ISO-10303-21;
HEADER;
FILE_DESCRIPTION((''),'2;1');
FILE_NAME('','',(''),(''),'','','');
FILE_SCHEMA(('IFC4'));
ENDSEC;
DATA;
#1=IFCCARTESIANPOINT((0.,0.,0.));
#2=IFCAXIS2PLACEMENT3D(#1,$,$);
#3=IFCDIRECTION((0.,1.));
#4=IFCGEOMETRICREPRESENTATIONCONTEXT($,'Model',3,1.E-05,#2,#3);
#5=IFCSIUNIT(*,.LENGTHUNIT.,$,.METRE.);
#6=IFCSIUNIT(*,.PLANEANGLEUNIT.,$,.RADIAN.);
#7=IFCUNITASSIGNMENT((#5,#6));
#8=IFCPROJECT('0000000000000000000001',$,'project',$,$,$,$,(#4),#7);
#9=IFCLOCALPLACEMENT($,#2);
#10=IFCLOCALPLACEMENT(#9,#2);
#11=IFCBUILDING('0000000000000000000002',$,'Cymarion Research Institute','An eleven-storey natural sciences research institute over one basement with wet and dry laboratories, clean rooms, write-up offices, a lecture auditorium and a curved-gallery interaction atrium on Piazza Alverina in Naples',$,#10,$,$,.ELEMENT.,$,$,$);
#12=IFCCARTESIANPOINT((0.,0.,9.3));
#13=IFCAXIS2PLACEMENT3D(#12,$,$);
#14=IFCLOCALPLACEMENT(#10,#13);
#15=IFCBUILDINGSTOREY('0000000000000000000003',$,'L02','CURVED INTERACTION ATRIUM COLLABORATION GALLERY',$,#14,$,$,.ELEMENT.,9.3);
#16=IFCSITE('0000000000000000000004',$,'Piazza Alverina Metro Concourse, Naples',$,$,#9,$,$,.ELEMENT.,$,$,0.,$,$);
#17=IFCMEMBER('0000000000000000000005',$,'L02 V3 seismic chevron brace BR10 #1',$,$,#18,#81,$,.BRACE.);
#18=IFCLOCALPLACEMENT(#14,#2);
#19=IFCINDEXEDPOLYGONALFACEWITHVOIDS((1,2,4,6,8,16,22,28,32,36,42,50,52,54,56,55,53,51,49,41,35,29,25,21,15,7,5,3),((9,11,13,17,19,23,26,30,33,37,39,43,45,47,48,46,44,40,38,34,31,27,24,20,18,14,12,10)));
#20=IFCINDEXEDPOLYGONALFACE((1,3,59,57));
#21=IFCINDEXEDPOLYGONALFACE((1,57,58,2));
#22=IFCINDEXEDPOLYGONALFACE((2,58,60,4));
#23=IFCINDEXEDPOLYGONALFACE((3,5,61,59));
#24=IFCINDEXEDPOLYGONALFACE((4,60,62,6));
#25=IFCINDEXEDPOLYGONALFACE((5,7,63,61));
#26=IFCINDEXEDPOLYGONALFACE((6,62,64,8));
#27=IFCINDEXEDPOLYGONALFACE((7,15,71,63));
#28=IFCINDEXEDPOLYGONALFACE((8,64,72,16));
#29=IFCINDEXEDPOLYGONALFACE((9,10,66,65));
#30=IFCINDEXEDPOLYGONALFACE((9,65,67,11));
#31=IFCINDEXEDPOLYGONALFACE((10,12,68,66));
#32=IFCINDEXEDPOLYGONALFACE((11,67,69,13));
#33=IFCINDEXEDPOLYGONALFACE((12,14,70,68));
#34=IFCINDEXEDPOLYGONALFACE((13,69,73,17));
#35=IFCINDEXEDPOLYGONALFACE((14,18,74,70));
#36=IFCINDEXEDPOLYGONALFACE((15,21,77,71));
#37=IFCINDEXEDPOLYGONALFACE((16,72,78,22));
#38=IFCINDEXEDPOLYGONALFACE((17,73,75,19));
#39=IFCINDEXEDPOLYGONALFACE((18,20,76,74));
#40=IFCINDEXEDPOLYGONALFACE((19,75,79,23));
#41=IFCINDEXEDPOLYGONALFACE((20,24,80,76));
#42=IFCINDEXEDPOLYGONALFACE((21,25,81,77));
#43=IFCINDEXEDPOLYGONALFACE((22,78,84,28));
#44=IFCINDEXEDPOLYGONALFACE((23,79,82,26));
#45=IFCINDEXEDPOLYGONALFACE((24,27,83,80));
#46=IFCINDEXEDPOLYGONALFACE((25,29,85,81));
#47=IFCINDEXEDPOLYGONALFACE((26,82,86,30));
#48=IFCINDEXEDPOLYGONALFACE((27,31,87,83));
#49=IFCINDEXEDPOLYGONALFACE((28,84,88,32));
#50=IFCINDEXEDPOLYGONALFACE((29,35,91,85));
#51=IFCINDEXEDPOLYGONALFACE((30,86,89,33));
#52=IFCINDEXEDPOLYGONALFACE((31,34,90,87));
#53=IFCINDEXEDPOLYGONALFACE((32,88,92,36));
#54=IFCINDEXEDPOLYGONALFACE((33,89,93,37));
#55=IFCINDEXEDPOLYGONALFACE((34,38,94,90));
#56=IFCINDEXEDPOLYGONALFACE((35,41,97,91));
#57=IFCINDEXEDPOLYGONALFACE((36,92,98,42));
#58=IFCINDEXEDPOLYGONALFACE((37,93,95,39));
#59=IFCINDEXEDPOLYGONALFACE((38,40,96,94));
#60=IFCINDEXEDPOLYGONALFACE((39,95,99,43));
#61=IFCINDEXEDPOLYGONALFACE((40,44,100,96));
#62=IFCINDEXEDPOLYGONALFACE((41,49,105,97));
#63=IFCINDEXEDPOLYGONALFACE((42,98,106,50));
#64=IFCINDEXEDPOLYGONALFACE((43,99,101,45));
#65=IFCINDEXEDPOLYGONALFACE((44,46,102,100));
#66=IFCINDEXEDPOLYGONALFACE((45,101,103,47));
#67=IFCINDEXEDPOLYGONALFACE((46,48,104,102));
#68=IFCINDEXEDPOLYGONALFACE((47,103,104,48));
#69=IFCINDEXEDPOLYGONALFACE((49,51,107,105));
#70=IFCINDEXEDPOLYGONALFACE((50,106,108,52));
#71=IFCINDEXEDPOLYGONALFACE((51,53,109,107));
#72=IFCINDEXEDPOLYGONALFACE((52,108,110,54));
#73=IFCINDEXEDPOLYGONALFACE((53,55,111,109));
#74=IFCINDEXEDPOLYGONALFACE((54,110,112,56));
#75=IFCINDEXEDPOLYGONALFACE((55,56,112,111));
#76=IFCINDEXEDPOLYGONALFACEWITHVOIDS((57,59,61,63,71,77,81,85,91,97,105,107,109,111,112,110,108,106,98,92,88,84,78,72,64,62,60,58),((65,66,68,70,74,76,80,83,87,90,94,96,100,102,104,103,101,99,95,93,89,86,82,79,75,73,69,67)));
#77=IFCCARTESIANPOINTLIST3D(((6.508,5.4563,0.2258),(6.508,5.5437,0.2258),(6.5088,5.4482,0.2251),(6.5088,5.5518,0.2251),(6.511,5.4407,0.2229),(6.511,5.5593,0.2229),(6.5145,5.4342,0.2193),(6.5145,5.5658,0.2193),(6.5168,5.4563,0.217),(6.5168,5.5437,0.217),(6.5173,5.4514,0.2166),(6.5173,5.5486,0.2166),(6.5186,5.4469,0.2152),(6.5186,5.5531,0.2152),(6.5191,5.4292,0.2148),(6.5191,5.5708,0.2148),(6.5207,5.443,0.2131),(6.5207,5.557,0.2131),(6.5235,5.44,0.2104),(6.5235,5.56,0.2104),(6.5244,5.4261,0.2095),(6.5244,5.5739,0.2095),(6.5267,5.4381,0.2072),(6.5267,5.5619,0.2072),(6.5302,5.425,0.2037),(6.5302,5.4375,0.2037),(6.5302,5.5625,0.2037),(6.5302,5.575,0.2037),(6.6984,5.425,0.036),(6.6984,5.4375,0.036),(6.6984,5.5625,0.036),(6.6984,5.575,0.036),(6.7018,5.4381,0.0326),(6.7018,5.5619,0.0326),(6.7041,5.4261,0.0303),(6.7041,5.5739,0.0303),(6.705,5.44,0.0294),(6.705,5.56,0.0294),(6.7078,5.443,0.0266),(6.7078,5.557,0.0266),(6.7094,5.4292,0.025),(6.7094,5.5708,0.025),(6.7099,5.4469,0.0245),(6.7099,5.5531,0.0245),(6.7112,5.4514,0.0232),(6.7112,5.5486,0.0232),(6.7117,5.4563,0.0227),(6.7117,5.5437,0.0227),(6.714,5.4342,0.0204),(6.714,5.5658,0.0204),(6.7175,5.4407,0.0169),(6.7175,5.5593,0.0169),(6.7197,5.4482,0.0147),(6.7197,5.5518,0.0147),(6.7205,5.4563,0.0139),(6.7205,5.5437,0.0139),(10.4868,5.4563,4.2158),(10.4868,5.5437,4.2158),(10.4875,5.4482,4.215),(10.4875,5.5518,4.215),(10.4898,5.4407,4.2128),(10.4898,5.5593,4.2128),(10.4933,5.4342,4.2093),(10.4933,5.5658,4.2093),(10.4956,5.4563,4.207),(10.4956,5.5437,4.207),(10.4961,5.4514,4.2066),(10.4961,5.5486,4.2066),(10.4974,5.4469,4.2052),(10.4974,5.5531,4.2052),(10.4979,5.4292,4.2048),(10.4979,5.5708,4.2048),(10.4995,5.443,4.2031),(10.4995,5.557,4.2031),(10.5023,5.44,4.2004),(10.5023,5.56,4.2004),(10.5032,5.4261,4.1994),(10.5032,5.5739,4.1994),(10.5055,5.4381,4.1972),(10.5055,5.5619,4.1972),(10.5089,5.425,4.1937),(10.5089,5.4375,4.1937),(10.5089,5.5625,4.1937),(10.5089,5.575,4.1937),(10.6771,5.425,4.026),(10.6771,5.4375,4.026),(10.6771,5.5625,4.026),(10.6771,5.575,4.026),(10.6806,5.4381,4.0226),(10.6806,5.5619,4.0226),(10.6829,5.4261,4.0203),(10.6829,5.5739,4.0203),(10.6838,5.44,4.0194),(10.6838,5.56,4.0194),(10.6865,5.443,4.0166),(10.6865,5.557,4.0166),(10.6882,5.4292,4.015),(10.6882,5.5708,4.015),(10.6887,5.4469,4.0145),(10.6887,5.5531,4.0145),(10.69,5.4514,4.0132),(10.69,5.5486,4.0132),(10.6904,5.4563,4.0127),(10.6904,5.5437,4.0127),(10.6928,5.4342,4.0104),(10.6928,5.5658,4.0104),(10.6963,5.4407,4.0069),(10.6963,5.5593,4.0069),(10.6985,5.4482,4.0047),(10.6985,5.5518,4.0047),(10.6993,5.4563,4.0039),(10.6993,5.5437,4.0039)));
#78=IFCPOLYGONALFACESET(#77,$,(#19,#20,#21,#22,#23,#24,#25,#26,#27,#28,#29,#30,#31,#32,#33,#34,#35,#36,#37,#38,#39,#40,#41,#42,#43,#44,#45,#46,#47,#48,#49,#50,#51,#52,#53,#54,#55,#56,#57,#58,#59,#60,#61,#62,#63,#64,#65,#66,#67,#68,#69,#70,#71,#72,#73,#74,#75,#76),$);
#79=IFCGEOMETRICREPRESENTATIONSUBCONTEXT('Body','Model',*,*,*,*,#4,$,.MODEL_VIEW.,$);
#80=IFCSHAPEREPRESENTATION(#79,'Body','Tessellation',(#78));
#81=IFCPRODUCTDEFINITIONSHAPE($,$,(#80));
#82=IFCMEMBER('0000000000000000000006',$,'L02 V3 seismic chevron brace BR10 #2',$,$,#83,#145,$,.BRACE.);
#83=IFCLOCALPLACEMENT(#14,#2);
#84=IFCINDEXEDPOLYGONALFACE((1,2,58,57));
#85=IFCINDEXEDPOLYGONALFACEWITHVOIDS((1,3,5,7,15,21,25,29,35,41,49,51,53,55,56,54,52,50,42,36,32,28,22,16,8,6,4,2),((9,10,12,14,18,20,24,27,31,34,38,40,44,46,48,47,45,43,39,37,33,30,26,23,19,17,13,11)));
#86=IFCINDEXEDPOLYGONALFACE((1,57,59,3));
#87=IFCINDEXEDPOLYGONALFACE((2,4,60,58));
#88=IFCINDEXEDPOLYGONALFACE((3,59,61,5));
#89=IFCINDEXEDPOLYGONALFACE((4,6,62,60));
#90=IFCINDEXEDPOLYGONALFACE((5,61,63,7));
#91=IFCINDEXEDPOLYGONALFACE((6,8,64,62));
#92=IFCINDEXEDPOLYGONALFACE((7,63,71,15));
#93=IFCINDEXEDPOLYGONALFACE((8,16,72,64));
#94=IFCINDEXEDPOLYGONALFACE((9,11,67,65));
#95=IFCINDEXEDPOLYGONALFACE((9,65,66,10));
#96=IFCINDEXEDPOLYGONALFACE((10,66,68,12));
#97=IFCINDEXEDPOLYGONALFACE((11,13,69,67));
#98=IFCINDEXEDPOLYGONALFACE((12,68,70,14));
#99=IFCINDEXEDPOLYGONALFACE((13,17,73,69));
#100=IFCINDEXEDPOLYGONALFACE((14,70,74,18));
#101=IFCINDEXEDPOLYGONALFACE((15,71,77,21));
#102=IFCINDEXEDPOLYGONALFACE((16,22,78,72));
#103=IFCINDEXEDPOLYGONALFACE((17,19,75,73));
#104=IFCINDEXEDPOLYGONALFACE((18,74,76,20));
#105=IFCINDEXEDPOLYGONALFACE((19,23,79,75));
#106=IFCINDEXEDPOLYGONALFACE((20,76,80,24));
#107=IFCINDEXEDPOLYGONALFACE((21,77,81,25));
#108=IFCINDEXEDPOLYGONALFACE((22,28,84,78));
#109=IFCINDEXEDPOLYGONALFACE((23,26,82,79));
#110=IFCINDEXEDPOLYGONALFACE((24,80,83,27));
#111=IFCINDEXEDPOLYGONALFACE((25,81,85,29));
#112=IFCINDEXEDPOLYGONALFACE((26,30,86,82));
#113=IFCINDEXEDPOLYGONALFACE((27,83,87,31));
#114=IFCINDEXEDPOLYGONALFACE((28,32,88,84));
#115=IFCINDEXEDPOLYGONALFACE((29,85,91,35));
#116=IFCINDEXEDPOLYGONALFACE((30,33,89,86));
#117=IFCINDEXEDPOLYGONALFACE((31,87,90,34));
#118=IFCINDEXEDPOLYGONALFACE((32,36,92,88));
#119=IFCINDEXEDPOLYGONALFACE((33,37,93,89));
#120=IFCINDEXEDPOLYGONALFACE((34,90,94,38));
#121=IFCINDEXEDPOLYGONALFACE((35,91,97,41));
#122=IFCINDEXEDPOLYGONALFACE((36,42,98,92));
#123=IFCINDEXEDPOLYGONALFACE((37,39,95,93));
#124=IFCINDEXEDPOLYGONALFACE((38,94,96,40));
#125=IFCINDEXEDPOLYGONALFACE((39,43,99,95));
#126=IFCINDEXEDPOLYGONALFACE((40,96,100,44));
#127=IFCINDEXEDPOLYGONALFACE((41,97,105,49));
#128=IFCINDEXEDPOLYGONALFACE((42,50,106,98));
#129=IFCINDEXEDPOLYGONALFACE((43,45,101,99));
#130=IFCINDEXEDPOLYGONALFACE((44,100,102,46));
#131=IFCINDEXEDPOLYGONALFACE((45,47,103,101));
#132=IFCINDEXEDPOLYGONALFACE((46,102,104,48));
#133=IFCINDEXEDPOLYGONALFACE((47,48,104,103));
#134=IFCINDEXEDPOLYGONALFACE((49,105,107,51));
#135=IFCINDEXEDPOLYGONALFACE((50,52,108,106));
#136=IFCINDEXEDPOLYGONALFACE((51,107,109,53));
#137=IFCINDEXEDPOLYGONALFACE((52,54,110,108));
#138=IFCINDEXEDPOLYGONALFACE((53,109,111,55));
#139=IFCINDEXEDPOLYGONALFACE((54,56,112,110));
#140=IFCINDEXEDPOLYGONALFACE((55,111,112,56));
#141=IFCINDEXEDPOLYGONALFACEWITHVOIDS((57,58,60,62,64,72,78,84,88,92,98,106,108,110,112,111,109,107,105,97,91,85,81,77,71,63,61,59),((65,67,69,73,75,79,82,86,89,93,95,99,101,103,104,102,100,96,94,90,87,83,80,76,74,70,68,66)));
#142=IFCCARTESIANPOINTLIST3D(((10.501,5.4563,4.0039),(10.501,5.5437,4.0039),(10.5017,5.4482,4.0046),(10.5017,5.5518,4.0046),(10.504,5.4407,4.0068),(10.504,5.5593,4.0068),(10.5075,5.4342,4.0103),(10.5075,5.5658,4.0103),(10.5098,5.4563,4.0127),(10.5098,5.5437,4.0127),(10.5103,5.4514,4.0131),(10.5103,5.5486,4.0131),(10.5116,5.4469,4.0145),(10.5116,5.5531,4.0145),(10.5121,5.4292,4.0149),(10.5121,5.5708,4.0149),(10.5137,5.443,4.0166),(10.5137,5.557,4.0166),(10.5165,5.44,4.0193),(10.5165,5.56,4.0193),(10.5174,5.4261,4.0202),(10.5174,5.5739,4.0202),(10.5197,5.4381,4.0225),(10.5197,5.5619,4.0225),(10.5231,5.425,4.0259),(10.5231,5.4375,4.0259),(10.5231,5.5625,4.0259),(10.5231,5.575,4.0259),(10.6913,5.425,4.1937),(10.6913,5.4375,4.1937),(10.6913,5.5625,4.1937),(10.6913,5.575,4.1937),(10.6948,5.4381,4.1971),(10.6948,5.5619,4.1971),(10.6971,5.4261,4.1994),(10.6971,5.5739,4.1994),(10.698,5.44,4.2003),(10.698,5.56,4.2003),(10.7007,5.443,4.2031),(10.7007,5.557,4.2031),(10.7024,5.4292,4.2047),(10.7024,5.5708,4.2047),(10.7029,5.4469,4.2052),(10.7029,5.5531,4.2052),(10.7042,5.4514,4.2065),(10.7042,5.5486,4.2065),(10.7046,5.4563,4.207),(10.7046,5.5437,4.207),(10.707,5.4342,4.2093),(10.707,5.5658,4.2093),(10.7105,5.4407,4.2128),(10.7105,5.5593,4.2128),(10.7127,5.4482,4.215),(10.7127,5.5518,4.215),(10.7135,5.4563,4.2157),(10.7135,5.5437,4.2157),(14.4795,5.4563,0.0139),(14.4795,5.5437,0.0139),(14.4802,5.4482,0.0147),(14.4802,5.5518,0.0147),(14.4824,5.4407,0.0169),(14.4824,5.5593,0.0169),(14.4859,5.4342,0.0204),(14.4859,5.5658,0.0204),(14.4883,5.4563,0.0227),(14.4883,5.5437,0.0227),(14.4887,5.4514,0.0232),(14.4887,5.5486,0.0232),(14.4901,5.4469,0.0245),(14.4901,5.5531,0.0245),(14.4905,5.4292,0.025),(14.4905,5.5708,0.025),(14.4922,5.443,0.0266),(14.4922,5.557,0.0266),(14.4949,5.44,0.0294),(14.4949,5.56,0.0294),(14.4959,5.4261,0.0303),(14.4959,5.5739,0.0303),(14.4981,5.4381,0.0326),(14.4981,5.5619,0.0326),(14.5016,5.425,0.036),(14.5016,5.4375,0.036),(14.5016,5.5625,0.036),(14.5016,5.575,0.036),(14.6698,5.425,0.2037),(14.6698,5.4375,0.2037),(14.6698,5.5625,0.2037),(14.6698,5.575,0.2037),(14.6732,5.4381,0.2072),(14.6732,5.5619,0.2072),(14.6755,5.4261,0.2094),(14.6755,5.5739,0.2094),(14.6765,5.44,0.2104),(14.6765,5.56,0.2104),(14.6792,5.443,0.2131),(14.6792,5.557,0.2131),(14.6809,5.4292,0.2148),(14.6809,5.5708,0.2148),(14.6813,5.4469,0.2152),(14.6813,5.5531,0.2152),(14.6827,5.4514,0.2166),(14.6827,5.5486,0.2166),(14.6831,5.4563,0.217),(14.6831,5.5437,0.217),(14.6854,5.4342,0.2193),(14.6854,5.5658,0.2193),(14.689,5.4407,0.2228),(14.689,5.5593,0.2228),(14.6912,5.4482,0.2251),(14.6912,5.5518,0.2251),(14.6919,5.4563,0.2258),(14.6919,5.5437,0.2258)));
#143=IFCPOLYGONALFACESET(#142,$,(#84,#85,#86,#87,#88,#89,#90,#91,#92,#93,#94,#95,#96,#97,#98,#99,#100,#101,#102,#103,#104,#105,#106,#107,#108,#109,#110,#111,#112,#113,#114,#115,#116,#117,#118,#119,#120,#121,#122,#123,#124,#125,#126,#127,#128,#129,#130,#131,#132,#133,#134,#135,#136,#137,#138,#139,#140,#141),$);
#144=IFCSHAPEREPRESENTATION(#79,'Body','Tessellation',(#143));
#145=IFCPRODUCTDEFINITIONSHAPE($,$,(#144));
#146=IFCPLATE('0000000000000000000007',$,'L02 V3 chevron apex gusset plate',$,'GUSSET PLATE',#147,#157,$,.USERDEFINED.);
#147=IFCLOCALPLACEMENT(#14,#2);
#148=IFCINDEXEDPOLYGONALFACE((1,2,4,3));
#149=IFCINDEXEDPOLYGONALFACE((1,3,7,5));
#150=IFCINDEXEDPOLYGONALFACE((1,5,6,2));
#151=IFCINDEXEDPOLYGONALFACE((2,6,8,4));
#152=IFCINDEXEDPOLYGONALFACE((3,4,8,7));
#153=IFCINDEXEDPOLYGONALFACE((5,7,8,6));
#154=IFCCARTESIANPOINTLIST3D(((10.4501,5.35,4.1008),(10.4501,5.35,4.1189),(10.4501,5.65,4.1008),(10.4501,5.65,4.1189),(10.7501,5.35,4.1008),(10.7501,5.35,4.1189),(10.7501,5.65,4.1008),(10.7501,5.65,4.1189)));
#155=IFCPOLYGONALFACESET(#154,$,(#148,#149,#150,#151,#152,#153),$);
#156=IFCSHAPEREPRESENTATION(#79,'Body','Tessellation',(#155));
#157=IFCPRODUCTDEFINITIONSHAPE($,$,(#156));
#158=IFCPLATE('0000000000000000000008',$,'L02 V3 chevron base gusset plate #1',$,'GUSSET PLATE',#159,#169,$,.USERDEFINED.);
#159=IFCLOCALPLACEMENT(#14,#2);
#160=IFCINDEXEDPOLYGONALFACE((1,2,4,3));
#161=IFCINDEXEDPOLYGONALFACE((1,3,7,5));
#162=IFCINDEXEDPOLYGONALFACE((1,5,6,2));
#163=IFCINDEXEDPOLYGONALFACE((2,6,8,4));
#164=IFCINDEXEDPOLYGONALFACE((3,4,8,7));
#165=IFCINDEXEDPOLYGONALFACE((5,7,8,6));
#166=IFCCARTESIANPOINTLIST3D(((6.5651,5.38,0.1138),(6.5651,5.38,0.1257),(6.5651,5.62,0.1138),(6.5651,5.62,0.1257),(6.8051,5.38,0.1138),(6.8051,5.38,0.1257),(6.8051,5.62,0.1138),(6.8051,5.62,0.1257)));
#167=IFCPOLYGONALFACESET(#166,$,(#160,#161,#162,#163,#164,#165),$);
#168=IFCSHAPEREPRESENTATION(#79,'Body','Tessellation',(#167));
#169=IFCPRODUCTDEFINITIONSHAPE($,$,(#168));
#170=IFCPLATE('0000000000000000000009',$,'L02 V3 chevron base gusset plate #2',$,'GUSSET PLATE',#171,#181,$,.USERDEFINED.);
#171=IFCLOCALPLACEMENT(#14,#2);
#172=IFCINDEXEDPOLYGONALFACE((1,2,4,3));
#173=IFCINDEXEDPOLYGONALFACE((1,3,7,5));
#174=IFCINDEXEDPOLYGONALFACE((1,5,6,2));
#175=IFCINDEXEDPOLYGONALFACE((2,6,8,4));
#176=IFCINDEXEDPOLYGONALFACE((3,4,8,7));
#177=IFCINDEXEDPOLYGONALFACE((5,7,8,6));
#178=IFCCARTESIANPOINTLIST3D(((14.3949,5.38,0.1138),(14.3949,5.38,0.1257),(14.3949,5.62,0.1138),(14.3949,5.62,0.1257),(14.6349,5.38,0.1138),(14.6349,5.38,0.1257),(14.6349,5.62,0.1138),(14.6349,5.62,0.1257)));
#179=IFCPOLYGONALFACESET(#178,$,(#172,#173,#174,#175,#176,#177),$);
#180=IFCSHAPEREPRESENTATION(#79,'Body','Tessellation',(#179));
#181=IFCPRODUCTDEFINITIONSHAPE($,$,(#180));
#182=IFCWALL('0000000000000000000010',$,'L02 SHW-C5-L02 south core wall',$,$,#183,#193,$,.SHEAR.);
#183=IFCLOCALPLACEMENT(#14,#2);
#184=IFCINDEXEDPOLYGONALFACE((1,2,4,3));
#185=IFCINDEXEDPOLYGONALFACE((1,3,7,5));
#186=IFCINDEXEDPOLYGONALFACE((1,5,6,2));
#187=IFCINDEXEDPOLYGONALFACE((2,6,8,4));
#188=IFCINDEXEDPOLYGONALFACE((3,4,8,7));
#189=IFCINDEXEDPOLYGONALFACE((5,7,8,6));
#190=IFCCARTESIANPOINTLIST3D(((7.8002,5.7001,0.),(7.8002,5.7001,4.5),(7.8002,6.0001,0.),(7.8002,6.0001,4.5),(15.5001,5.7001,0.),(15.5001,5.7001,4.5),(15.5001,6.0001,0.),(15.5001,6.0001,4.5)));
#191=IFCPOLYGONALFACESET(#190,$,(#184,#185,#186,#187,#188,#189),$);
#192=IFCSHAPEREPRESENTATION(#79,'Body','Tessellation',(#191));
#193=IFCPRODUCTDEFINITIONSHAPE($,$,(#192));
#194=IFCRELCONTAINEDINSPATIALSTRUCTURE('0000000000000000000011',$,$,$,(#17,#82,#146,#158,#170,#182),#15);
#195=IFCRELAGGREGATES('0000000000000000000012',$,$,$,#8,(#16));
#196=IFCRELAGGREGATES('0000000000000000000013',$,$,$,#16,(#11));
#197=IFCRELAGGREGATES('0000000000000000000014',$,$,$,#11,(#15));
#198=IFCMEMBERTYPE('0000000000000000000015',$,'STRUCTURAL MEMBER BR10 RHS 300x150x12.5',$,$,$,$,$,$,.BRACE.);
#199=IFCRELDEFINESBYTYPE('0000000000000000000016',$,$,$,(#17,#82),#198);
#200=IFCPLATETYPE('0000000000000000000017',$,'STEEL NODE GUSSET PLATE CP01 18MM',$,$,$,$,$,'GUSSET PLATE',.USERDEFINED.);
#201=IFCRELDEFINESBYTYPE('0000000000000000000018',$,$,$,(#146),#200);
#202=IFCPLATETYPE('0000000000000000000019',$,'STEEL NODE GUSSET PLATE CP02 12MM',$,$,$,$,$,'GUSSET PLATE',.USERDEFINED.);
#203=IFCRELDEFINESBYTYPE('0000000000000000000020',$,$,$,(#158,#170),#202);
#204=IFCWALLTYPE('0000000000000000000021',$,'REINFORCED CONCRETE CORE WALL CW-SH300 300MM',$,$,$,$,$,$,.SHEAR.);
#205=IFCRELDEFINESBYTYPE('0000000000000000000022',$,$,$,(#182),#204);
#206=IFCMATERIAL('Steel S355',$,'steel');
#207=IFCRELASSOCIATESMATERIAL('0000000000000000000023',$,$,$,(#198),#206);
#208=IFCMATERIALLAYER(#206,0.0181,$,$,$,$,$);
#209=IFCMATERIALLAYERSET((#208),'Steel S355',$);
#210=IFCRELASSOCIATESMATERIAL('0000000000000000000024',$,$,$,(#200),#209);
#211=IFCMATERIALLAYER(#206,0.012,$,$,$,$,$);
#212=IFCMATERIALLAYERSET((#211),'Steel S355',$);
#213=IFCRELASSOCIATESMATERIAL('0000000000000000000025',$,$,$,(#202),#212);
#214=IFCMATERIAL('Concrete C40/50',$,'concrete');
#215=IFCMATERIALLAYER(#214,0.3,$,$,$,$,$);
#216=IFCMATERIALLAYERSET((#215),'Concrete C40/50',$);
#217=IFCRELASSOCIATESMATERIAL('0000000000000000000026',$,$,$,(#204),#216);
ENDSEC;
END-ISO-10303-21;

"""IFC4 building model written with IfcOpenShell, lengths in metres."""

from ifc_helpers import new_model, si_unit, direction, frame, frame_2d, origin, origin_2d, place, context, subcontext, project, spatial, rectangle, hollow_rectangle, extrude, material, layer, layer_set, material_profile, profile_set, type_object, element, save


model = new_model("IFC4")

# Units and contexts
model_context = context("Model", 3, precision=1e-05, world=origin(), true_north=direction((0.0, 1.0)))
body_context = subcontext(model_context, "Body", "Model", "MODEL_VIEW")
ifc_project = project(units=[si_unit("LENGTHUNIT", "METRE"), si_unit("PLANEANGLEUNIT", "RADIAN")], contexts=[model_context])

# Site, building, storey
site_placement = place(None, origin())
site = spatial("IfcSite", under=ifc_project, at=site_placement, Name="Piazza Alverina Metro Concourse, Naples", CompositionType="ELEMENT", RefElevation=0.0)
building_placement = place(site_placement, origin())
building = spatial("IfcBuilding", under=site, at=building_placement, Name="Cymarion Research Institute", Description="An eleven-storey natural sciences research institute over one basement with wet and dry laboratories, clean rooms, write-up offices, a lecture auditorium and a curved-gallery interaction atrium on Piazza Alverina in Naples", CompositionType="ELEMENT")
storey_placement = place(building_placement, frame((0.0, 0.0, 9.3)))
storey = spatial("IfcBuildingStorey", under=building, at=storey_placement, Name="L02", Description="CURVED INTERACTION ATRIUM COLLABORATION GALLERY", CompositionType="ELEMENT", Elevation=9.3)

# Shared definitions
ifc_material_1 = material(Name="Concrete C40/50", Category="concrete")
ifc_material_2 = material(Name="Steel S355", Category="steel")

# Members
ifc_material_profile_1 = material_profile(ifc_material_2, hollow_rectangle(XDim=0.1499, YDim=0.3, WallThickness=0.0125, InnerFilletRadius=0.0188, OuterFilletRadius=0.0312, at=origin_2d()), Name="RHS 300x150x12.5")
ifc_profile_set_1 = profile_set([ifc_material_profile_1], Name="Steel S355")
member_type = type_object("IfcMemberType", Name="STRUCTURAL MEMBER BR10 RHS 300x150x12.5", PredefinedType="BRACE", material=ifc_profile_set_1)
member_1_placement = place(storey_placement, frame((6.6143, 5.5, 0.1199), z_axis=(0.70611, 0.0, 0.708103), x_axis=(0.0, 1.0, 0.0)))
element("IfcMember", 1, at=member_1_placement, inside=storey, type_object=member_type, Name="L02 V3 seismic chevron brace BR10 #1", PredefinedType="BRACE", context=body_context, shape_type="SweptSolid", body=[
    extrude(hollow_rectangle(XDim=0.1499, YDim=0.3, WallThickness=0.0125, InnerFilletRadius=0.0188, OuterFilletRadius=0.0312, at=origin_2d()), origin(), (0.0, 0.0, 1.0), 5.6348),
])
member_2_placement = place(storey_placement, frame((14.5857, 5.5, 0.1199), z_axis=(-0.706088, 0.0, 0.708124), x_axis=(0.0, -1.0, 0.0)))
element("IfcMember", 2, at=member_2_placement, inside=storey, type_object=member_type, Name="L02 V3 seismic chevron brace BR10 #2", PredefinedType="BRACE", context=body_context, shape_type="SweptSolid", body=[
    extrude(hollow_rectangle(XDim=0.1499, YDim=0.3, WallThickness=0.0125, InnerFilletRadius=0.0188, OuterFilletRadius=0.0312, at=origin_2d()), origin(), (0.0, 0.0, 1.0), 5.6345),
])

# Plates
ifc_layer_1 = layer(ifc_material_2, 0.0181)
ifc_layer_set_1 = layer_set([ifc_layer_1], Name="Steel S355")
plate_type_1 = type_object("IfcPlateType", Name="STEEL NODE GUSSET PLATE CP01 18MM", ElementType="GUSSET PLATE", PredefinedType="USERDEFINED", material=ifc_layer_set_1)
plate_placement = place(storey_placement, frame((10.6001, 5.5, 4.1008), z_axis=(0.0, 0.0, 1.0), x_axis=(1.0, 0.0, 0.0)))
element("IfcPlate", 3, at=plate_placement, inside=storey, type_object=plate_type_1, Name="L02 V3 chevron apex gusset plate", ObjectType="GUSSET PLATE", PredefinedType="USERDEFINED", context=body_context, shape_type="SweptSolid", body=[
    extrude(rectangle(XDim=0.3, YDim=0.3, at=origin_2d()), origin(), (0.0, 0.0, 1.0), 0.0181),
])
ifc_layer_2 = layer(ifc_material_2, 0.012)
ifc_layer_set_2 = layer_set([ifc_layer_2], Name="Steel S355")
plate_type_2 = type_object("IfcPlateType", Name="STEEL NODE GUSSET PLATE CP02 12MM", ElementType="GUSSET PLATE", PredefinedType="USERDEFINED", material=ifc_layer_set_2)
for number, where, z_axis, x_axis, name in (
    (4, (6.6851, 5.5, 0.1138), (0.0, 0.0, 1.0), (1.0, 0.0, 0.0), "L02 V3 chevron base gusset plate #1"),
    (5, (14.5149, 5.5, 0.1138), (0.0, 0.0, 1.0), (1.0, 0.0, 0.0), "L02 V3 chevron base gusset plate #2"),
):
    element("IfcPlate", number, at=place(storey_placement, frame(where, z_axis=z_axis, x_axis=x_axis)), inside=storey, type_object=plate_type_2, Name=name, ObjectType="GUSSET PLATE", PredefinedType="USERDEFINED", context=body_context, shape_type="SweptSolid", body=[
        extrude(rectangle(XDim=0.24, YDim=0.24, at=origin_2d()), origin(), (0.0, 0.0, 1.0), 0.012),
    ])

# Wall
ifc_layer_3 = layer(ifc_material_1, 0.3)
ifc_layer_set_3 = layer_set([ifc_layer_3], Name="Concrete C40/50")
wall_type = type_object("IfcWallType", Name="REINFORCED CONCRETE CORE WALL CW-SH300 300MM", PredefinedType="SHEAR", material=ifc_layer_set_3)
wall_1_placement = place(storey_placement, frame((7.8, 5.8501, 0.0), z_axis=(0.0, 0.0, 1.0), x_axis=(1.0, 0.0, 0.0)))
element("IfcWall", 6, at=wall_1_placement, inside=storey, type_object=wall_type, Name="L02 SHW-C5-L02 south core wall", PredefinedType="SHEAR", context=body_context, shape_type="SweptSolid", body=[
    extrude(rectangle(XDim=7.7, YDim=0.3, at=frame_2d((3.8501, 0.0))), origin(), (0.0, 0.0, 1.0), 4.5),
])

save(model, "model.ifc")
